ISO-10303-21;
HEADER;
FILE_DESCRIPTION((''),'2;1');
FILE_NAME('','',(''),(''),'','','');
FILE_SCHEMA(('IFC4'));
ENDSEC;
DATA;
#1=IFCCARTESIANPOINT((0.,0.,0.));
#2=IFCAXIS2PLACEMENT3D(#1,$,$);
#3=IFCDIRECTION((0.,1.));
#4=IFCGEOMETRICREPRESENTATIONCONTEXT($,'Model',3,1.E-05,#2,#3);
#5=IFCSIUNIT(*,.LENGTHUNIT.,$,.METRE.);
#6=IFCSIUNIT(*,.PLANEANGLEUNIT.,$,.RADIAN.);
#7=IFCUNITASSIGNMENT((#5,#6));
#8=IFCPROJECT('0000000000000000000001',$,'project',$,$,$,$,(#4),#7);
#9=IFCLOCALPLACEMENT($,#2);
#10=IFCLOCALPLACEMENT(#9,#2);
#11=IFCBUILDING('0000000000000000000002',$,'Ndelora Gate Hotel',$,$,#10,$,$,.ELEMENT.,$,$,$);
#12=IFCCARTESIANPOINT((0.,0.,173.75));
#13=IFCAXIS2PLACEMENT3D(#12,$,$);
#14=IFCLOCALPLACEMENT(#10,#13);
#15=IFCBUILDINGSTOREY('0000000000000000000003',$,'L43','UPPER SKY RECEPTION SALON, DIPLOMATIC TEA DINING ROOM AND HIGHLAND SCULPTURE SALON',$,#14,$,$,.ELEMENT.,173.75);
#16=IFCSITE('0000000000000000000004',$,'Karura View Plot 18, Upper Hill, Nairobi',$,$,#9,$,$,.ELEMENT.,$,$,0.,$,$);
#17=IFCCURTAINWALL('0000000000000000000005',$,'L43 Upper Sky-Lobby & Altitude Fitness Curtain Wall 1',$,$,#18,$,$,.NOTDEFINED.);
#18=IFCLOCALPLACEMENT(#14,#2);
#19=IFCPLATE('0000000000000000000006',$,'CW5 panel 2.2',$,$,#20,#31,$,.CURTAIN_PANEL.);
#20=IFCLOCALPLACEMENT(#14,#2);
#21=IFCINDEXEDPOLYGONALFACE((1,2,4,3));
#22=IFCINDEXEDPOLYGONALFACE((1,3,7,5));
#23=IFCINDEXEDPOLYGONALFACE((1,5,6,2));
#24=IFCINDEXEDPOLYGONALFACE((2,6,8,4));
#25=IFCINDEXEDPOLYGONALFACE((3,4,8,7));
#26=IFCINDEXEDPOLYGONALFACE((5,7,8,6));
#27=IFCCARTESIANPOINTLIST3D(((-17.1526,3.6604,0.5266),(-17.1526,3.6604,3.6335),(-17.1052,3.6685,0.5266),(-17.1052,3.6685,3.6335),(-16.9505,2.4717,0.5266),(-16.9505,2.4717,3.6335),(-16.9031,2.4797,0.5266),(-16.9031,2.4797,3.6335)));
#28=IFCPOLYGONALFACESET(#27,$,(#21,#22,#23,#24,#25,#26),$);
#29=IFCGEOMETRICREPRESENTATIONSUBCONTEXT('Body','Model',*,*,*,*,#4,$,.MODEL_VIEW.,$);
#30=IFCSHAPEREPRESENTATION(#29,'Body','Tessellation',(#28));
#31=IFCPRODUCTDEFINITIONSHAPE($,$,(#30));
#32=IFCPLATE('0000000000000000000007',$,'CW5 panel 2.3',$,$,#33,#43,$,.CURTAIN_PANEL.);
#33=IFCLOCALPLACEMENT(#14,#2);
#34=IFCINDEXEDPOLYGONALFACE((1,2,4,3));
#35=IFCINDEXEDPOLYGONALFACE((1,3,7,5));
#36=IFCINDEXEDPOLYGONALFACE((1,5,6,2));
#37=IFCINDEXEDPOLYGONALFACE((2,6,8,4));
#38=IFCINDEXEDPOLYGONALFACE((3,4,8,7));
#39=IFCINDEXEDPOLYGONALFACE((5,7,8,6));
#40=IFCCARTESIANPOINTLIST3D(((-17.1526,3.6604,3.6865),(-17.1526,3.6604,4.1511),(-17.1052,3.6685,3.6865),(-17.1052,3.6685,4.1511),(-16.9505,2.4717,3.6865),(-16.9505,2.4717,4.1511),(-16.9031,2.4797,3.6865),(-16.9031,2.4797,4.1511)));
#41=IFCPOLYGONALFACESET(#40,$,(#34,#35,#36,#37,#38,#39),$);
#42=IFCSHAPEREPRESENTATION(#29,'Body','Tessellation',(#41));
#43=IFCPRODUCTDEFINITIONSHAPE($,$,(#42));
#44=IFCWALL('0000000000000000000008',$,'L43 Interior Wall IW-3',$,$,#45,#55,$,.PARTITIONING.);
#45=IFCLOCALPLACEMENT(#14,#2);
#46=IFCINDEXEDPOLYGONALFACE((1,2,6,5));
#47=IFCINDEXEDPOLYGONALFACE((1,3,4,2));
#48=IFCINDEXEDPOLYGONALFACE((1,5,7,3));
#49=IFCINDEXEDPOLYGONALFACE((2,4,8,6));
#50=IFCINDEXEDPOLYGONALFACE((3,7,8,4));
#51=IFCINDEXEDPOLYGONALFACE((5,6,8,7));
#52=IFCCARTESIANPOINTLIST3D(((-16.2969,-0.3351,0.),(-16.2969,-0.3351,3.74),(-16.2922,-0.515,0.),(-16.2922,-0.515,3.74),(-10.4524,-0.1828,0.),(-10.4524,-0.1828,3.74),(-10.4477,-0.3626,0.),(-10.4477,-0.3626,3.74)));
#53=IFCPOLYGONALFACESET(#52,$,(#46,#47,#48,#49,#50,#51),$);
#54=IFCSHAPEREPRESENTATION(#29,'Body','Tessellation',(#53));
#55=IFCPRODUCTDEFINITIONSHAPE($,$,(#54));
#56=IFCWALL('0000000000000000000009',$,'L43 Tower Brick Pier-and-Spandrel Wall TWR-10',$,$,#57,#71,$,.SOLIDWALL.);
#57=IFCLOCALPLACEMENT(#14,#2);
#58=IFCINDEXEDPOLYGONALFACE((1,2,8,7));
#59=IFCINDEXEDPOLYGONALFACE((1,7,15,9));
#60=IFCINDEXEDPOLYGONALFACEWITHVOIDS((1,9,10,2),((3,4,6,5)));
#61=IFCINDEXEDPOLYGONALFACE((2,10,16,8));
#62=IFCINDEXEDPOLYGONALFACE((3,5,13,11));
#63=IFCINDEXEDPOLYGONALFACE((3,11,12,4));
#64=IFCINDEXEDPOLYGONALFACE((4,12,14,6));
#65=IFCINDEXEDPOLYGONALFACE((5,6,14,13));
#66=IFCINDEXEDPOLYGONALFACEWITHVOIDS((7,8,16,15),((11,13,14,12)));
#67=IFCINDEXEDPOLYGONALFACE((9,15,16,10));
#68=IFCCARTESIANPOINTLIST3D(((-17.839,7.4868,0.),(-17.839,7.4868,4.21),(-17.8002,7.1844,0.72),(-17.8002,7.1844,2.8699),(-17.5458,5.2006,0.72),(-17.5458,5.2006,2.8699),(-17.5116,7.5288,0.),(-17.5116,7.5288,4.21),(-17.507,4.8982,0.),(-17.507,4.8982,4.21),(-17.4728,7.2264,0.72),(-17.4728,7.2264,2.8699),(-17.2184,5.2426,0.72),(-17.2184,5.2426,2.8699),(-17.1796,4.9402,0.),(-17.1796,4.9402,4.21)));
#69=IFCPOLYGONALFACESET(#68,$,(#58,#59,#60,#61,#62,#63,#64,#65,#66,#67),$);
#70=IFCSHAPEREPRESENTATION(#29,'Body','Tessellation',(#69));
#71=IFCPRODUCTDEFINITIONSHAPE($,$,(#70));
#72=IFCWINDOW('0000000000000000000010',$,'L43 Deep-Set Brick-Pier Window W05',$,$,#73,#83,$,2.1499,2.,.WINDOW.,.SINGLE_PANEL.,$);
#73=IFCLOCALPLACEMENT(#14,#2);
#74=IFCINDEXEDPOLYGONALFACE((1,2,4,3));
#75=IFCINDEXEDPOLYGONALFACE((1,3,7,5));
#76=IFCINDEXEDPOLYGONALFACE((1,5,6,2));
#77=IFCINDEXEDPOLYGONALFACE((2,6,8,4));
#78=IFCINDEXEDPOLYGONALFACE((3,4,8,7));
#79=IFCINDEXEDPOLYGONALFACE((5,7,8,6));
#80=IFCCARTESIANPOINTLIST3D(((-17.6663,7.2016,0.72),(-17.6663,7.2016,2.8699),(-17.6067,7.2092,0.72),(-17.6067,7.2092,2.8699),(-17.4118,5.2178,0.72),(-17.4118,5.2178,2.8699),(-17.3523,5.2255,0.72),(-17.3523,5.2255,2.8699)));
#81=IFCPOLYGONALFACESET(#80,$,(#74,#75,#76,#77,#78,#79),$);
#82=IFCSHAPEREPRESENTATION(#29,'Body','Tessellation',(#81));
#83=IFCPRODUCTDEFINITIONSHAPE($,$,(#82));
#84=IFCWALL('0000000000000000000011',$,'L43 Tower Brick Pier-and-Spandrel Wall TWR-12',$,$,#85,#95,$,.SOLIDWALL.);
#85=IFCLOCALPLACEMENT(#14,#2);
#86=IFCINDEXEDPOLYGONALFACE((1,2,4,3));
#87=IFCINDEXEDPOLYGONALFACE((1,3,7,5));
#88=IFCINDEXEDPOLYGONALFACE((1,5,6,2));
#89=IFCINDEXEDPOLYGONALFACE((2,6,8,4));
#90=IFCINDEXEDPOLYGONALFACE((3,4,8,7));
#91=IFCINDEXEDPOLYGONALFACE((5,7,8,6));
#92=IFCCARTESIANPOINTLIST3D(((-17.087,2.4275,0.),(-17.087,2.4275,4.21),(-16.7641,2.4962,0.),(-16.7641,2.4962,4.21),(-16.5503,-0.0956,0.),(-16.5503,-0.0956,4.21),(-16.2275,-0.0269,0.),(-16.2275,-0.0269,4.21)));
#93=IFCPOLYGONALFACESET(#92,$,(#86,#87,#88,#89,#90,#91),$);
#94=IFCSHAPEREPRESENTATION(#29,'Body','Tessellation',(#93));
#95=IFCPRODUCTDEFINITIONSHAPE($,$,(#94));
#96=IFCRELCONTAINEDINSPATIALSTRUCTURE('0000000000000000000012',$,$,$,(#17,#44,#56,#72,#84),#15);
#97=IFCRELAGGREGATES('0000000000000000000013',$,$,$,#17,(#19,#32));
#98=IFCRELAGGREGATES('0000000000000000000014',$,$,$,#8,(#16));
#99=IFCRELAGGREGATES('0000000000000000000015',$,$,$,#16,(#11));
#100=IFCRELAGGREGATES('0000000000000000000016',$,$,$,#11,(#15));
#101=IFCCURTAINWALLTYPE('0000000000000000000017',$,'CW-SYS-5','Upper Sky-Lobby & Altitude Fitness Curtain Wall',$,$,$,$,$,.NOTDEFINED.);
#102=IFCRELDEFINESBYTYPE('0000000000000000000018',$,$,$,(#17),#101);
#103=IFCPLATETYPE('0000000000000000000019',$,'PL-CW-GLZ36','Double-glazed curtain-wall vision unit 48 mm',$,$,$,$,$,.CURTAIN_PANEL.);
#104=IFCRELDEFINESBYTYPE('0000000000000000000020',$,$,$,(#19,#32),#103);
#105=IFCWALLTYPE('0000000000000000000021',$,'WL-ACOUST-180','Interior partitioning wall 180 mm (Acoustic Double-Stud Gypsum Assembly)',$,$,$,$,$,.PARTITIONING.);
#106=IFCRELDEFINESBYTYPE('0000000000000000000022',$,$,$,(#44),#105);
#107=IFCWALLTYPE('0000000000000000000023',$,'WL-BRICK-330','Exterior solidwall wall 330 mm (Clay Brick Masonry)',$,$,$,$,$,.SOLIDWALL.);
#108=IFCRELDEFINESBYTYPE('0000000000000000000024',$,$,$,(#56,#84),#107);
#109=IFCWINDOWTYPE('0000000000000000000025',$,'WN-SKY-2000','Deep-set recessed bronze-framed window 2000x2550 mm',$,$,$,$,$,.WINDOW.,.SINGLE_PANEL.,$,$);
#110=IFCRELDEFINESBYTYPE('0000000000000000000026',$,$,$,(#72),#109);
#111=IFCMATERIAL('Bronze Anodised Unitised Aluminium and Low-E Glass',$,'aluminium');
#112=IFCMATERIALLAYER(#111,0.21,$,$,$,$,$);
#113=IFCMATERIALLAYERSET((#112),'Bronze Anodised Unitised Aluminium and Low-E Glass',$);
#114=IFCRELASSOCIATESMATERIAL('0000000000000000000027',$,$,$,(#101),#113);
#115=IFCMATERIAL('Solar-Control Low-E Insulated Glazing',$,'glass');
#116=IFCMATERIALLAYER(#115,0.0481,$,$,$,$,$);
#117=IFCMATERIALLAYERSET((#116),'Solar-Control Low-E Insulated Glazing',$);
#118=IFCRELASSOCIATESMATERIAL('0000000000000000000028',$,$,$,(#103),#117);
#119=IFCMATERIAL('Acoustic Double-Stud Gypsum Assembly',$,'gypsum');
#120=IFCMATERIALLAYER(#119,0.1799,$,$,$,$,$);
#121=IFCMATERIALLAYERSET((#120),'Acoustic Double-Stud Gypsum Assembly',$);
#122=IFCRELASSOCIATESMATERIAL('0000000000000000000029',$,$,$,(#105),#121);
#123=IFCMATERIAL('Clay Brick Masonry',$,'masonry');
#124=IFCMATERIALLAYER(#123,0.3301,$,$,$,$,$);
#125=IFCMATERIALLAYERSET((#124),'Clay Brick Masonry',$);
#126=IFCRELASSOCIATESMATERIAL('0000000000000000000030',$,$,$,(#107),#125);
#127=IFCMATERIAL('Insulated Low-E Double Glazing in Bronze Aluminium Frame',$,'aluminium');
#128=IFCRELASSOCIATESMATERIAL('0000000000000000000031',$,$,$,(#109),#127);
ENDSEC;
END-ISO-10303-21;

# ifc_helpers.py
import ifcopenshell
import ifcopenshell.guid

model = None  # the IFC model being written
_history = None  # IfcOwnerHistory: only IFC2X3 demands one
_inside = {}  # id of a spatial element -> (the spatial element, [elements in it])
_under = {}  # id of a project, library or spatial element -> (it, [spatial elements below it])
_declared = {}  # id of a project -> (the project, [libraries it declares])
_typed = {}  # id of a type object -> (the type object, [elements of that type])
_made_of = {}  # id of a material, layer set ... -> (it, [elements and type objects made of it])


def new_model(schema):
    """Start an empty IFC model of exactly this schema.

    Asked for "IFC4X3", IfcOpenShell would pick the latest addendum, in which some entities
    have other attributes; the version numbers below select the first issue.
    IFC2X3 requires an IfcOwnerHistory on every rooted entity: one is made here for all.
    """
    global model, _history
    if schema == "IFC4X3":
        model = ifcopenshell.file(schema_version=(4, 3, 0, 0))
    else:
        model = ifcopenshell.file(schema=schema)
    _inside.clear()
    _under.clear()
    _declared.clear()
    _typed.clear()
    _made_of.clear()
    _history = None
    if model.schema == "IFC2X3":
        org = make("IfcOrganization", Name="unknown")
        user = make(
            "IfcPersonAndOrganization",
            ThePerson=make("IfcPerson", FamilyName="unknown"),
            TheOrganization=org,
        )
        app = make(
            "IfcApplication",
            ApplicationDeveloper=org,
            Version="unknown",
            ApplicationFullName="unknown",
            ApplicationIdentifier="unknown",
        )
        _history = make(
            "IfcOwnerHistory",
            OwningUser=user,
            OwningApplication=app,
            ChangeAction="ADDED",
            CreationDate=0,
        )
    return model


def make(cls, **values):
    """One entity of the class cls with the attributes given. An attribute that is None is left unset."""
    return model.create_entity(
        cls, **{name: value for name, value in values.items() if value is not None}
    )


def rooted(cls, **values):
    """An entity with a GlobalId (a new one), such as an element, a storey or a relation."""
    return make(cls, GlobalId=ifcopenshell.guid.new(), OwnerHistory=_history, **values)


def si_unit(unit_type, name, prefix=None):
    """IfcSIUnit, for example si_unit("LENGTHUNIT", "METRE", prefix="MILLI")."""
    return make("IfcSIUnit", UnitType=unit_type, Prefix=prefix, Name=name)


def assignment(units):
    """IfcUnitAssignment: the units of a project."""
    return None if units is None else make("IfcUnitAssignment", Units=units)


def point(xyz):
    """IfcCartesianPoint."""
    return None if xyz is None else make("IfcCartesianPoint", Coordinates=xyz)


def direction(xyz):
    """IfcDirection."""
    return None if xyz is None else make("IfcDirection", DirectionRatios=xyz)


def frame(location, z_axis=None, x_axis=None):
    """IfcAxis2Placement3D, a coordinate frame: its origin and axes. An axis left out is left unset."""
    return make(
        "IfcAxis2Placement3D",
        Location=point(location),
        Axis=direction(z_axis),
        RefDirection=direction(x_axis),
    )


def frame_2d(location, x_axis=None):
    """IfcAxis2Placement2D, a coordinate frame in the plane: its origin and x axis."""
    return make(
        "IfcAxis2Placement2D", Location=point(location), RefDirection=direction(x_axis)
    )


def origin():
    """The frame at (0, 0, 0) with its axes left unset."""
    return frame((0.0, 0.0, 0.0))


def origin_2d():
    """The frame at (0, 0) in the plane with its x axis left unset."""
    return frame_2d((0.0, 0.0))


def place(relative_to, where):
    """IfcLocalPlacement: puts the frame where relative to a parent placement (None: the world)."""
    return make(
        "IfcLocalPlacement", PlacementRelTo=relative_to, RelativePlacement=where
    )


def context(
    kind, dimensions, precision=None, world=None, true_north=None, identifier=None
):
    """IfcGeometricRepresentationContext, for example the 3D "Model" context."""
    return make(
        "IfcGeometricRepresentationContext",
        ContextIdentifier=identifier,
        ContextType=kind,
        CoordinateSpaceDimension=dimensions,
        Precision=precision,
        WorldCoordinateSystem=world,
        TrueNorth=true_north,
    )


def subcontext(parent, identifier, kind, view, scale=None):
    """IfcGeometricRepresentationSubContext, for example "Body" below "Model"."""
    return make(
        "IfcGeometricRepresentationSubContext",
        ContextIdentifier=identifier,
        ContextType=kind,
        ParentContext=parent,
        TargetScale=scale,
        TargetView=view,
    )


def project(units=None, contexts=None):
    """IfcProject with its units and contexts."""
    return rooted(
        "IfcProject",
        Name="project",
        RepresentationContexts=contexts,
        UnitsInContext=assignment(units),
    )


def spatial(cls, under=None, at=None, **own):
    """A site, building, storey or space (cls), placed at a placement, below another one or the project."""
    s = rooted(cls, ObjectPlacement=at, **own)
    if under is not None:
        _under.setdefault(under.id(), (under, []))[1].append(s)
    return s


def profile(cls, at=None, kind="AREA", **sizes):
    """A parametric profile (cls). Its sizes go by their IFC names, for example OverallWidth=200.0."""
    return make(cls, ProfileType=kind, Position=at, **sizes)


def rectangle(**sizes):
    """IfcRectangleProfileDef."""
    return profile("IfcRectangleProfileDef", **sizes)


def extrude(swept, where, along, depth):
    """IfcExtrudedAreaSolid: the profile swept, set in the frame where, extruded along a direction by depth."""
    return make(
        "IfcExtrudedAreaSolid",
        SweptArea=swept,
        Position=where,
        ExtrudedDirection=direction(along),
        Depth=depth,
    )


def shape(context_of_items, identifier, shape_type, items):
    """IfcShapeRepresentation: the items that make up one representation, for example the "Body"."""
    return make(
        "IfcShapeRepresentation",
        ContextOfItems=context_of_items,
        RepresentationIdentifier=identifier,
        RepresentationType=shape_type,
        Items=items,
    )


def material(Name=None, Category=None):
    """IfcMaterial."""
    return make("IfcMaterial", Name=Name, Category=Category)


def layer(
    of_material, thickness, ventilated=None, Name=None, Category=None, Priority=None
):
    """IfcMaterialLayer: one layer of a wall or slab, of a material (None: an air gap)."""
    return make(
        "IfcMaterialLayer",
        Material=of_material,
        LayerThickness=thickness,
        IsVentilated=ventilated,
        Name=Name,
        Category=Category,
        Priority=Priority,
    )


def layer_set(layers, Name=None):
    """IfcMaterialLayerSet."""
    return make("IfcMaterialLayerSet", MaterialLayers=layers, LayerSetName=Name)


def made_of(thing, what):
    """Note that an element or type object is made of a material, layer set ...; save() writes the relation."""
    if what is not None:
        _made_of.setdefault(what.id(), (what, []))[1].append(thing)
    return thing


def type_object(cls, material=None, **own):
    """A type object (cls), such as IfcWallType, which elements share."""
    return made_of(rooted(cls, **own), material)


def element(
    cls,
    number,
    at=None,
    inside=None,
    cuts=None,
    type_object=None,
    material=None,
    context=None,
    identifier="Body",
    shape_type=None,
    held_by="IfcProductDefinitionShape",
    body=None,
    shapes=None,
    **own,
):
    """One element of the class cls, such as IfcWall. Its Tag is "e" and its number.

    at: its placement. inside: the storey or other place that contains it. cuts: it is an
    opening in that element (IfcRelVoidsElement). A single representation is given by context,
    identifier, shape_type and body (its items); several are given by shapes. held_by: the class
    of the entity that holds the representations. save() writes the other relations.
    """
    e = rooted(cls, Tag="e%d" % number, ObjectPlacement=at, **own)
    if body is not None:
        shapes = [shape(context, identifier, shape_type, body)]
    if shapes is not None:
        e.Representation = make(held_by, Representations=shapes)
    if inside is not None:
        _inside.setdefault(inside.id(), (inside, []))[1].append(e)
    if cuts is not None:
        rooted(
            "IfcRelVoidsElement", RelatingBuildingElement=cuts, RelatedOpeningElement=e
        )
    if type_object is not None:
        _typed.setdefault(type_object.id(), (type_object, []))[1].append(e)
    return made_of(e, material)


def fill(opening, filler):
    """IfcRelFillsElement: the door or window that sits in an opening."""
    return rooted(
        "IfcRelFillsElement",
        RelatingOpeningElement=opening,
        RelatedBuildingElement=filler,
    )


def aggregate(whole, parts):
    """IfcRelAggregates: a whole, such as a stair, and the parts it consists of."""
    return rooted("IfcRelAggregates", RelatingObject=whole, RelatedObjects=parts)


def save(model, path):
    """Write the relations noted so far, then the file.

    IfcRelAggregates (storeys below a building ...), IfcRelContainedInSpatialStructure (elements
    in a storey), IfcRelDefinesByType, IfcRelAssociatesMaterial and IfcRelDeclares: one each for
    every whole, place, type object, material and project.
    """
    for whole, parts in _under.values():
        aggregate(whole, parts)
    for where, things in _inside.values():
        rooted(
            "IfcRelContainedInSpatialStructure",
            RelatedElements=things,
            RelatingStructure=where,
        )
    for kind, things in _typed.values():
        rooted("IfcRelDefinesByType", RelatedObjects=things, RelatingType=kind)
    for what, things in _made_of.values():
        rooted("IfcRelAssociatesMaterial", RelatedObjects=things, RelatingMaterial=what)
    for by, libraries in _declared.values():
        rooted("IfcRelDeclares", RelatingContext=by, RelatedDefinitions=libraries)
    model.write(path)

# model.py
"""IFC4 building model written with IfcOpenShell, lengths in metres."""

from ifc_helpers import new_model, si_unit, direction, frame, frame_2d, origin, origin_2d, place, context, subcontext, project, spatial, rectangle, extrude, material, layer, layer_set, type_object, element, fill, aggregate, save


model = new_model("IFC4")

# Units and contexts
model_context = context("Model", 3, precision=1e-05, world=origin(), true_north=direction((0.0, 1.0)))
body_context = subcontext(model_context, "Body", "Model", "MODEL_VIEW")
ifc_project = project(units=[si_unit("LENGTHUNIT", "METRE"), si_unit("PLANEANGLEUNIT", "RADIAN")], contexts=[model_context])

# Site, building, storey
site_placement = place(None, origin())
site = spatial("IfcSite", under=ifc_project, at=site_placement, Name="Karura View Plot 18, Upper Hill, Nairobi", CompositionType="ELEMENT", RefElevation=0.0)
building_placement = place(site_placement, origin())
building = spatial("IfcBuilding", under=site, at=building_placement, Name="Ndelora Gate Hotel", CompositionType="ELEMENT")
storey_placement = place(building_placement, frame((0.0, 0.0, 173.75)))
storey = spatial("IfcBuildingStorey", under=building, at=storey_placement, Name="L43", Description="UPPER SKY RECEPTION SALON, DIPLOMATIC TEA DINING ROOM AND HIGHLAND SCULPTURE SALON", CompositionType="ELEMENT", Elevation=173.75)

# Curtain wall, plates
ifc_material_1 = material(Name="Bronze Anodised Unitised Aluminium and Low-E Glass", Category="aluminium")
ifc_layer_1 = layer(ifc_material_1, 0.21)
ifc_layer_set_1 = layer_set([ifc_layer_1], Name="Bronze Anodised Unitised Aluminium and Low-E Glass")
curtain_wall_type = type_object("IfcCurtainWallType", Name="CW-SYS-5", Description="Upper Sky-Lobby & Altitude Fitness Curtain Wall", PredefinedType="NOTDEFINED", material=ifc_layer_set_1)
curtain_wall_placement = place(storey_placement, origin())
curtain_wall = element("IfcCurtainWall", 1, at=curtain_wall_placement, inside=storey, type_object=curtain_wall_type, Name="L43 Upper Sky-Lobby & Altitude Fitness Curtain Wall 1", PredefinedType="NOTDEFINED")
ifc_material_2 = material(Name="Solar-Control Low-E Insulated Glazing", Category="glass")
ifc_layer_2 = layer(ifc_material_2, 0.0481)
ifc_layer_set_2 = layer_set([ifc_layer_2], Name="Solar-Control Low-E Insulated Glazing")
plate_type = type_object("IfcPlateType", Name="PL-CW-GLZ36", Description="Double-glazed curtain-wall vision unit 48 mm", PredefinedType="CURTAIN_PANEL", material=ifc_layer_set_2)
plate_1_placement = place(storey_placement, frame((-17.0278, 3.0701, 0.5266), z_axis=(0.0, 0.0, 1.0), x_axis=(0.167588, -0.985857, 0.0)))
plate_1 = element("IfcPlate", 2, at=plate_1_placement, type_object=plate_type, Name="CW5 panel 2.2", PredefinedType="CURTAIN_PANEL", context=body_context, shape_type="SweptSolid", body=[
    extrude(rectangle(XDim=1.2058, YDim=0.0481, at=origin_2d()), origin(), (0.0, 0.0, 1.0), 3.1069),
])
plate_2_placement = place(storey_placement, frame((-17.0278, 3.0701, 3.6865), z_axis=(0.0, 0.0, 1.0), x_axis=(0.167588, -0.985857, 0.0)))
plate_2 = element("IfcPlate", 3, at=plate_2_placement, type_object=plate_type, Name="CW5 panel 2.3", PredefinedType="CURTAIN_PANEL", context=body_context, shape_type="SweptSolid", body=[
    extrude(rectangle(XDim=1.2058, YDim=0.0481, at=origin_2d()), origin(), (0.0, 0.0, 1.0), 0.4646),
])
aggregate(curtain_wall, [plate_1, plate_2])

# Wall
ifc_material_3 = material(Name="Acoustic Double-Stud Gypsum Assembly", Category="gypsum")
ifc_layer_3 = layer(ifc_material_3, 0.1799)
ifc_layer_set_3 = layer_set([ifc_layer_3], Name="Acoustic Double-Stud Gypsum Assembly")
wall_type_1 = type_object("IfcWallType", Name="WL-ACOUST-180", Description="Interior partitioning wall 180 mm (Acoustic Double-Stud Gypsum Assembly)", PredefinedType="PARTITIONING", material=ifc_layer_set_3)
wall_1_placement = place(storey_placement, frame((-10.45, -0.2727, 0.0), z_axis=(0.0, 0.0, 1.0), x_axis=(-0.99966, -0.026057, 0.0)))
element("IfcWall", 4, at=wall_1_placement, inside=storey, type_object=wall_type_1, Name="L43 Interior Wall IW-3", PredefinedType="PARTITIONING", context=body_context, shape_type="SweptSolid", body=[
    extrude(rectangle(XDim=5.8464, YDim=0.1799, at=frame_2d((2.9233, 0.0))), origin(), (0.0, 0.0, 1.0), 3.74),
])

# Wall, opening, window
ifc_material_4 = material(Name="Clay Brick Masonry", Category="masonry")
ifc_layer_4 = layer(ifc_material_4, 0.3301)
ifc_layer_set_4 = layer_set([ifc_layer_4], Name="Clay Brick Masonry")
wall_type_2 = type_object("IfcWallType", Name="WL-BRICK-330", Description="Exterior solidwall wall 330 mm (Clay Brick Masonry)", PredefinedType="SOLIDWALL", material=ifc_layer_set_4)
wall_2_placement = place(storey_placement, frame((-17.3433, 4.9192, 0.0), z_axis=(0.0, 0.0, 1.0), x_axis=(-0.127223, 0.991874, 0.0)))
wall_2 = element("IfcWall", 5, at=wall_2_placement, inside=storey, type_object=wall_type_2, Name="L43 Tower Brick Pier-and-Spandrel Wall TWR-10", PredefinedType="SOLIDWALL", context=body_context, shape_type="SweptSolid", body=[
    extrude(rectangle(XDim=2.6099, YDim=0.3301, at=frame_2d((1.3049, 0.0))), origin(), (0.0, 0.0, 1.0), 4.21),
])
opening_placement = place(wall_2_placement, frame((0.3049, 0.0, 0.72)))
opening = element("IfcOpeningElement", 6, at=opening_placement, cuts=wall_2, PredefinedType="OPENING", context=body_context, shape_type="SweptSolid", body=[
    extrude(rectangle(XDim=2.0, YDim=2.1499, at=frame_2d((1.0, 1.075))), frame((0.0, 0.175, 0.0), z_axis=(0.0, -1.0, 0.0), x_axis=(1.0, 0.0, 0.0)), (0.0, 0.0, 1.0), 0.3501),
])
ifc_material_5 = material(Name="Insulated Low-E Double Glazing in Bronze Aluminium Frame", Category="aluminium")
window_type = type_object("IfcWindowType", Name="WN-SKY-2000", Description="Deep-set recessed bronze-framed window 2000x2550 mm", PartitioningType="SINGLE_PANEL", PredefinedType="WINDOW", material=ifc_material_5)
window_placement = place(opening_placement, origin())
window = element("IfcWindow", 7, at=window_placement, inside=storey, type_object=window_type, Name="L43 Deep-Set Brick-Pier Window W05", OverallHeight=2.1499, OverallWidth=2.0, PartitioningType="SINGLE_PANEL", PredefinedType="WINDOW", context=body_context, shape_type="SweptSolid", body=[
    extrude(rectangle(XDim=2.0, YDim=2.1499, at=frame_2d((1.0, 1.075))), frame((0.0, 0.03, 0.0), z_axis=(0.0, -1.0, 0.0), x_axis=(1.0, 0.0, 0.0)), (0.0, 0.0, 1.0), 0.0601),
])
fill(opening, window)

# Wall
wall_3_placement = place(storey_placement, frame((-16.3889, -0.0613, 0.0), z_axis=(0.0, 0.0, 1.0), x_axis=(-0.208023, 0.978124, 0.0)))
element("IfcWall", 8, at=wall_3_placement, inside=storey, type_object=wall_type_2, Name="L43 Tower Brick Pier-and-Spandrel Wall TWR-12", PredefinedType="SOLIDWALL", context=body_context, shape_type="SweptSolid", body=[
    extrude(rectangle(XDim=2.5796, YDim=0.3301, at=frame_2d((1.2898, 0.0))), origin(), (0.0, 0.0, 1.0), 4.21),
])

save(model, "model.ifc")
